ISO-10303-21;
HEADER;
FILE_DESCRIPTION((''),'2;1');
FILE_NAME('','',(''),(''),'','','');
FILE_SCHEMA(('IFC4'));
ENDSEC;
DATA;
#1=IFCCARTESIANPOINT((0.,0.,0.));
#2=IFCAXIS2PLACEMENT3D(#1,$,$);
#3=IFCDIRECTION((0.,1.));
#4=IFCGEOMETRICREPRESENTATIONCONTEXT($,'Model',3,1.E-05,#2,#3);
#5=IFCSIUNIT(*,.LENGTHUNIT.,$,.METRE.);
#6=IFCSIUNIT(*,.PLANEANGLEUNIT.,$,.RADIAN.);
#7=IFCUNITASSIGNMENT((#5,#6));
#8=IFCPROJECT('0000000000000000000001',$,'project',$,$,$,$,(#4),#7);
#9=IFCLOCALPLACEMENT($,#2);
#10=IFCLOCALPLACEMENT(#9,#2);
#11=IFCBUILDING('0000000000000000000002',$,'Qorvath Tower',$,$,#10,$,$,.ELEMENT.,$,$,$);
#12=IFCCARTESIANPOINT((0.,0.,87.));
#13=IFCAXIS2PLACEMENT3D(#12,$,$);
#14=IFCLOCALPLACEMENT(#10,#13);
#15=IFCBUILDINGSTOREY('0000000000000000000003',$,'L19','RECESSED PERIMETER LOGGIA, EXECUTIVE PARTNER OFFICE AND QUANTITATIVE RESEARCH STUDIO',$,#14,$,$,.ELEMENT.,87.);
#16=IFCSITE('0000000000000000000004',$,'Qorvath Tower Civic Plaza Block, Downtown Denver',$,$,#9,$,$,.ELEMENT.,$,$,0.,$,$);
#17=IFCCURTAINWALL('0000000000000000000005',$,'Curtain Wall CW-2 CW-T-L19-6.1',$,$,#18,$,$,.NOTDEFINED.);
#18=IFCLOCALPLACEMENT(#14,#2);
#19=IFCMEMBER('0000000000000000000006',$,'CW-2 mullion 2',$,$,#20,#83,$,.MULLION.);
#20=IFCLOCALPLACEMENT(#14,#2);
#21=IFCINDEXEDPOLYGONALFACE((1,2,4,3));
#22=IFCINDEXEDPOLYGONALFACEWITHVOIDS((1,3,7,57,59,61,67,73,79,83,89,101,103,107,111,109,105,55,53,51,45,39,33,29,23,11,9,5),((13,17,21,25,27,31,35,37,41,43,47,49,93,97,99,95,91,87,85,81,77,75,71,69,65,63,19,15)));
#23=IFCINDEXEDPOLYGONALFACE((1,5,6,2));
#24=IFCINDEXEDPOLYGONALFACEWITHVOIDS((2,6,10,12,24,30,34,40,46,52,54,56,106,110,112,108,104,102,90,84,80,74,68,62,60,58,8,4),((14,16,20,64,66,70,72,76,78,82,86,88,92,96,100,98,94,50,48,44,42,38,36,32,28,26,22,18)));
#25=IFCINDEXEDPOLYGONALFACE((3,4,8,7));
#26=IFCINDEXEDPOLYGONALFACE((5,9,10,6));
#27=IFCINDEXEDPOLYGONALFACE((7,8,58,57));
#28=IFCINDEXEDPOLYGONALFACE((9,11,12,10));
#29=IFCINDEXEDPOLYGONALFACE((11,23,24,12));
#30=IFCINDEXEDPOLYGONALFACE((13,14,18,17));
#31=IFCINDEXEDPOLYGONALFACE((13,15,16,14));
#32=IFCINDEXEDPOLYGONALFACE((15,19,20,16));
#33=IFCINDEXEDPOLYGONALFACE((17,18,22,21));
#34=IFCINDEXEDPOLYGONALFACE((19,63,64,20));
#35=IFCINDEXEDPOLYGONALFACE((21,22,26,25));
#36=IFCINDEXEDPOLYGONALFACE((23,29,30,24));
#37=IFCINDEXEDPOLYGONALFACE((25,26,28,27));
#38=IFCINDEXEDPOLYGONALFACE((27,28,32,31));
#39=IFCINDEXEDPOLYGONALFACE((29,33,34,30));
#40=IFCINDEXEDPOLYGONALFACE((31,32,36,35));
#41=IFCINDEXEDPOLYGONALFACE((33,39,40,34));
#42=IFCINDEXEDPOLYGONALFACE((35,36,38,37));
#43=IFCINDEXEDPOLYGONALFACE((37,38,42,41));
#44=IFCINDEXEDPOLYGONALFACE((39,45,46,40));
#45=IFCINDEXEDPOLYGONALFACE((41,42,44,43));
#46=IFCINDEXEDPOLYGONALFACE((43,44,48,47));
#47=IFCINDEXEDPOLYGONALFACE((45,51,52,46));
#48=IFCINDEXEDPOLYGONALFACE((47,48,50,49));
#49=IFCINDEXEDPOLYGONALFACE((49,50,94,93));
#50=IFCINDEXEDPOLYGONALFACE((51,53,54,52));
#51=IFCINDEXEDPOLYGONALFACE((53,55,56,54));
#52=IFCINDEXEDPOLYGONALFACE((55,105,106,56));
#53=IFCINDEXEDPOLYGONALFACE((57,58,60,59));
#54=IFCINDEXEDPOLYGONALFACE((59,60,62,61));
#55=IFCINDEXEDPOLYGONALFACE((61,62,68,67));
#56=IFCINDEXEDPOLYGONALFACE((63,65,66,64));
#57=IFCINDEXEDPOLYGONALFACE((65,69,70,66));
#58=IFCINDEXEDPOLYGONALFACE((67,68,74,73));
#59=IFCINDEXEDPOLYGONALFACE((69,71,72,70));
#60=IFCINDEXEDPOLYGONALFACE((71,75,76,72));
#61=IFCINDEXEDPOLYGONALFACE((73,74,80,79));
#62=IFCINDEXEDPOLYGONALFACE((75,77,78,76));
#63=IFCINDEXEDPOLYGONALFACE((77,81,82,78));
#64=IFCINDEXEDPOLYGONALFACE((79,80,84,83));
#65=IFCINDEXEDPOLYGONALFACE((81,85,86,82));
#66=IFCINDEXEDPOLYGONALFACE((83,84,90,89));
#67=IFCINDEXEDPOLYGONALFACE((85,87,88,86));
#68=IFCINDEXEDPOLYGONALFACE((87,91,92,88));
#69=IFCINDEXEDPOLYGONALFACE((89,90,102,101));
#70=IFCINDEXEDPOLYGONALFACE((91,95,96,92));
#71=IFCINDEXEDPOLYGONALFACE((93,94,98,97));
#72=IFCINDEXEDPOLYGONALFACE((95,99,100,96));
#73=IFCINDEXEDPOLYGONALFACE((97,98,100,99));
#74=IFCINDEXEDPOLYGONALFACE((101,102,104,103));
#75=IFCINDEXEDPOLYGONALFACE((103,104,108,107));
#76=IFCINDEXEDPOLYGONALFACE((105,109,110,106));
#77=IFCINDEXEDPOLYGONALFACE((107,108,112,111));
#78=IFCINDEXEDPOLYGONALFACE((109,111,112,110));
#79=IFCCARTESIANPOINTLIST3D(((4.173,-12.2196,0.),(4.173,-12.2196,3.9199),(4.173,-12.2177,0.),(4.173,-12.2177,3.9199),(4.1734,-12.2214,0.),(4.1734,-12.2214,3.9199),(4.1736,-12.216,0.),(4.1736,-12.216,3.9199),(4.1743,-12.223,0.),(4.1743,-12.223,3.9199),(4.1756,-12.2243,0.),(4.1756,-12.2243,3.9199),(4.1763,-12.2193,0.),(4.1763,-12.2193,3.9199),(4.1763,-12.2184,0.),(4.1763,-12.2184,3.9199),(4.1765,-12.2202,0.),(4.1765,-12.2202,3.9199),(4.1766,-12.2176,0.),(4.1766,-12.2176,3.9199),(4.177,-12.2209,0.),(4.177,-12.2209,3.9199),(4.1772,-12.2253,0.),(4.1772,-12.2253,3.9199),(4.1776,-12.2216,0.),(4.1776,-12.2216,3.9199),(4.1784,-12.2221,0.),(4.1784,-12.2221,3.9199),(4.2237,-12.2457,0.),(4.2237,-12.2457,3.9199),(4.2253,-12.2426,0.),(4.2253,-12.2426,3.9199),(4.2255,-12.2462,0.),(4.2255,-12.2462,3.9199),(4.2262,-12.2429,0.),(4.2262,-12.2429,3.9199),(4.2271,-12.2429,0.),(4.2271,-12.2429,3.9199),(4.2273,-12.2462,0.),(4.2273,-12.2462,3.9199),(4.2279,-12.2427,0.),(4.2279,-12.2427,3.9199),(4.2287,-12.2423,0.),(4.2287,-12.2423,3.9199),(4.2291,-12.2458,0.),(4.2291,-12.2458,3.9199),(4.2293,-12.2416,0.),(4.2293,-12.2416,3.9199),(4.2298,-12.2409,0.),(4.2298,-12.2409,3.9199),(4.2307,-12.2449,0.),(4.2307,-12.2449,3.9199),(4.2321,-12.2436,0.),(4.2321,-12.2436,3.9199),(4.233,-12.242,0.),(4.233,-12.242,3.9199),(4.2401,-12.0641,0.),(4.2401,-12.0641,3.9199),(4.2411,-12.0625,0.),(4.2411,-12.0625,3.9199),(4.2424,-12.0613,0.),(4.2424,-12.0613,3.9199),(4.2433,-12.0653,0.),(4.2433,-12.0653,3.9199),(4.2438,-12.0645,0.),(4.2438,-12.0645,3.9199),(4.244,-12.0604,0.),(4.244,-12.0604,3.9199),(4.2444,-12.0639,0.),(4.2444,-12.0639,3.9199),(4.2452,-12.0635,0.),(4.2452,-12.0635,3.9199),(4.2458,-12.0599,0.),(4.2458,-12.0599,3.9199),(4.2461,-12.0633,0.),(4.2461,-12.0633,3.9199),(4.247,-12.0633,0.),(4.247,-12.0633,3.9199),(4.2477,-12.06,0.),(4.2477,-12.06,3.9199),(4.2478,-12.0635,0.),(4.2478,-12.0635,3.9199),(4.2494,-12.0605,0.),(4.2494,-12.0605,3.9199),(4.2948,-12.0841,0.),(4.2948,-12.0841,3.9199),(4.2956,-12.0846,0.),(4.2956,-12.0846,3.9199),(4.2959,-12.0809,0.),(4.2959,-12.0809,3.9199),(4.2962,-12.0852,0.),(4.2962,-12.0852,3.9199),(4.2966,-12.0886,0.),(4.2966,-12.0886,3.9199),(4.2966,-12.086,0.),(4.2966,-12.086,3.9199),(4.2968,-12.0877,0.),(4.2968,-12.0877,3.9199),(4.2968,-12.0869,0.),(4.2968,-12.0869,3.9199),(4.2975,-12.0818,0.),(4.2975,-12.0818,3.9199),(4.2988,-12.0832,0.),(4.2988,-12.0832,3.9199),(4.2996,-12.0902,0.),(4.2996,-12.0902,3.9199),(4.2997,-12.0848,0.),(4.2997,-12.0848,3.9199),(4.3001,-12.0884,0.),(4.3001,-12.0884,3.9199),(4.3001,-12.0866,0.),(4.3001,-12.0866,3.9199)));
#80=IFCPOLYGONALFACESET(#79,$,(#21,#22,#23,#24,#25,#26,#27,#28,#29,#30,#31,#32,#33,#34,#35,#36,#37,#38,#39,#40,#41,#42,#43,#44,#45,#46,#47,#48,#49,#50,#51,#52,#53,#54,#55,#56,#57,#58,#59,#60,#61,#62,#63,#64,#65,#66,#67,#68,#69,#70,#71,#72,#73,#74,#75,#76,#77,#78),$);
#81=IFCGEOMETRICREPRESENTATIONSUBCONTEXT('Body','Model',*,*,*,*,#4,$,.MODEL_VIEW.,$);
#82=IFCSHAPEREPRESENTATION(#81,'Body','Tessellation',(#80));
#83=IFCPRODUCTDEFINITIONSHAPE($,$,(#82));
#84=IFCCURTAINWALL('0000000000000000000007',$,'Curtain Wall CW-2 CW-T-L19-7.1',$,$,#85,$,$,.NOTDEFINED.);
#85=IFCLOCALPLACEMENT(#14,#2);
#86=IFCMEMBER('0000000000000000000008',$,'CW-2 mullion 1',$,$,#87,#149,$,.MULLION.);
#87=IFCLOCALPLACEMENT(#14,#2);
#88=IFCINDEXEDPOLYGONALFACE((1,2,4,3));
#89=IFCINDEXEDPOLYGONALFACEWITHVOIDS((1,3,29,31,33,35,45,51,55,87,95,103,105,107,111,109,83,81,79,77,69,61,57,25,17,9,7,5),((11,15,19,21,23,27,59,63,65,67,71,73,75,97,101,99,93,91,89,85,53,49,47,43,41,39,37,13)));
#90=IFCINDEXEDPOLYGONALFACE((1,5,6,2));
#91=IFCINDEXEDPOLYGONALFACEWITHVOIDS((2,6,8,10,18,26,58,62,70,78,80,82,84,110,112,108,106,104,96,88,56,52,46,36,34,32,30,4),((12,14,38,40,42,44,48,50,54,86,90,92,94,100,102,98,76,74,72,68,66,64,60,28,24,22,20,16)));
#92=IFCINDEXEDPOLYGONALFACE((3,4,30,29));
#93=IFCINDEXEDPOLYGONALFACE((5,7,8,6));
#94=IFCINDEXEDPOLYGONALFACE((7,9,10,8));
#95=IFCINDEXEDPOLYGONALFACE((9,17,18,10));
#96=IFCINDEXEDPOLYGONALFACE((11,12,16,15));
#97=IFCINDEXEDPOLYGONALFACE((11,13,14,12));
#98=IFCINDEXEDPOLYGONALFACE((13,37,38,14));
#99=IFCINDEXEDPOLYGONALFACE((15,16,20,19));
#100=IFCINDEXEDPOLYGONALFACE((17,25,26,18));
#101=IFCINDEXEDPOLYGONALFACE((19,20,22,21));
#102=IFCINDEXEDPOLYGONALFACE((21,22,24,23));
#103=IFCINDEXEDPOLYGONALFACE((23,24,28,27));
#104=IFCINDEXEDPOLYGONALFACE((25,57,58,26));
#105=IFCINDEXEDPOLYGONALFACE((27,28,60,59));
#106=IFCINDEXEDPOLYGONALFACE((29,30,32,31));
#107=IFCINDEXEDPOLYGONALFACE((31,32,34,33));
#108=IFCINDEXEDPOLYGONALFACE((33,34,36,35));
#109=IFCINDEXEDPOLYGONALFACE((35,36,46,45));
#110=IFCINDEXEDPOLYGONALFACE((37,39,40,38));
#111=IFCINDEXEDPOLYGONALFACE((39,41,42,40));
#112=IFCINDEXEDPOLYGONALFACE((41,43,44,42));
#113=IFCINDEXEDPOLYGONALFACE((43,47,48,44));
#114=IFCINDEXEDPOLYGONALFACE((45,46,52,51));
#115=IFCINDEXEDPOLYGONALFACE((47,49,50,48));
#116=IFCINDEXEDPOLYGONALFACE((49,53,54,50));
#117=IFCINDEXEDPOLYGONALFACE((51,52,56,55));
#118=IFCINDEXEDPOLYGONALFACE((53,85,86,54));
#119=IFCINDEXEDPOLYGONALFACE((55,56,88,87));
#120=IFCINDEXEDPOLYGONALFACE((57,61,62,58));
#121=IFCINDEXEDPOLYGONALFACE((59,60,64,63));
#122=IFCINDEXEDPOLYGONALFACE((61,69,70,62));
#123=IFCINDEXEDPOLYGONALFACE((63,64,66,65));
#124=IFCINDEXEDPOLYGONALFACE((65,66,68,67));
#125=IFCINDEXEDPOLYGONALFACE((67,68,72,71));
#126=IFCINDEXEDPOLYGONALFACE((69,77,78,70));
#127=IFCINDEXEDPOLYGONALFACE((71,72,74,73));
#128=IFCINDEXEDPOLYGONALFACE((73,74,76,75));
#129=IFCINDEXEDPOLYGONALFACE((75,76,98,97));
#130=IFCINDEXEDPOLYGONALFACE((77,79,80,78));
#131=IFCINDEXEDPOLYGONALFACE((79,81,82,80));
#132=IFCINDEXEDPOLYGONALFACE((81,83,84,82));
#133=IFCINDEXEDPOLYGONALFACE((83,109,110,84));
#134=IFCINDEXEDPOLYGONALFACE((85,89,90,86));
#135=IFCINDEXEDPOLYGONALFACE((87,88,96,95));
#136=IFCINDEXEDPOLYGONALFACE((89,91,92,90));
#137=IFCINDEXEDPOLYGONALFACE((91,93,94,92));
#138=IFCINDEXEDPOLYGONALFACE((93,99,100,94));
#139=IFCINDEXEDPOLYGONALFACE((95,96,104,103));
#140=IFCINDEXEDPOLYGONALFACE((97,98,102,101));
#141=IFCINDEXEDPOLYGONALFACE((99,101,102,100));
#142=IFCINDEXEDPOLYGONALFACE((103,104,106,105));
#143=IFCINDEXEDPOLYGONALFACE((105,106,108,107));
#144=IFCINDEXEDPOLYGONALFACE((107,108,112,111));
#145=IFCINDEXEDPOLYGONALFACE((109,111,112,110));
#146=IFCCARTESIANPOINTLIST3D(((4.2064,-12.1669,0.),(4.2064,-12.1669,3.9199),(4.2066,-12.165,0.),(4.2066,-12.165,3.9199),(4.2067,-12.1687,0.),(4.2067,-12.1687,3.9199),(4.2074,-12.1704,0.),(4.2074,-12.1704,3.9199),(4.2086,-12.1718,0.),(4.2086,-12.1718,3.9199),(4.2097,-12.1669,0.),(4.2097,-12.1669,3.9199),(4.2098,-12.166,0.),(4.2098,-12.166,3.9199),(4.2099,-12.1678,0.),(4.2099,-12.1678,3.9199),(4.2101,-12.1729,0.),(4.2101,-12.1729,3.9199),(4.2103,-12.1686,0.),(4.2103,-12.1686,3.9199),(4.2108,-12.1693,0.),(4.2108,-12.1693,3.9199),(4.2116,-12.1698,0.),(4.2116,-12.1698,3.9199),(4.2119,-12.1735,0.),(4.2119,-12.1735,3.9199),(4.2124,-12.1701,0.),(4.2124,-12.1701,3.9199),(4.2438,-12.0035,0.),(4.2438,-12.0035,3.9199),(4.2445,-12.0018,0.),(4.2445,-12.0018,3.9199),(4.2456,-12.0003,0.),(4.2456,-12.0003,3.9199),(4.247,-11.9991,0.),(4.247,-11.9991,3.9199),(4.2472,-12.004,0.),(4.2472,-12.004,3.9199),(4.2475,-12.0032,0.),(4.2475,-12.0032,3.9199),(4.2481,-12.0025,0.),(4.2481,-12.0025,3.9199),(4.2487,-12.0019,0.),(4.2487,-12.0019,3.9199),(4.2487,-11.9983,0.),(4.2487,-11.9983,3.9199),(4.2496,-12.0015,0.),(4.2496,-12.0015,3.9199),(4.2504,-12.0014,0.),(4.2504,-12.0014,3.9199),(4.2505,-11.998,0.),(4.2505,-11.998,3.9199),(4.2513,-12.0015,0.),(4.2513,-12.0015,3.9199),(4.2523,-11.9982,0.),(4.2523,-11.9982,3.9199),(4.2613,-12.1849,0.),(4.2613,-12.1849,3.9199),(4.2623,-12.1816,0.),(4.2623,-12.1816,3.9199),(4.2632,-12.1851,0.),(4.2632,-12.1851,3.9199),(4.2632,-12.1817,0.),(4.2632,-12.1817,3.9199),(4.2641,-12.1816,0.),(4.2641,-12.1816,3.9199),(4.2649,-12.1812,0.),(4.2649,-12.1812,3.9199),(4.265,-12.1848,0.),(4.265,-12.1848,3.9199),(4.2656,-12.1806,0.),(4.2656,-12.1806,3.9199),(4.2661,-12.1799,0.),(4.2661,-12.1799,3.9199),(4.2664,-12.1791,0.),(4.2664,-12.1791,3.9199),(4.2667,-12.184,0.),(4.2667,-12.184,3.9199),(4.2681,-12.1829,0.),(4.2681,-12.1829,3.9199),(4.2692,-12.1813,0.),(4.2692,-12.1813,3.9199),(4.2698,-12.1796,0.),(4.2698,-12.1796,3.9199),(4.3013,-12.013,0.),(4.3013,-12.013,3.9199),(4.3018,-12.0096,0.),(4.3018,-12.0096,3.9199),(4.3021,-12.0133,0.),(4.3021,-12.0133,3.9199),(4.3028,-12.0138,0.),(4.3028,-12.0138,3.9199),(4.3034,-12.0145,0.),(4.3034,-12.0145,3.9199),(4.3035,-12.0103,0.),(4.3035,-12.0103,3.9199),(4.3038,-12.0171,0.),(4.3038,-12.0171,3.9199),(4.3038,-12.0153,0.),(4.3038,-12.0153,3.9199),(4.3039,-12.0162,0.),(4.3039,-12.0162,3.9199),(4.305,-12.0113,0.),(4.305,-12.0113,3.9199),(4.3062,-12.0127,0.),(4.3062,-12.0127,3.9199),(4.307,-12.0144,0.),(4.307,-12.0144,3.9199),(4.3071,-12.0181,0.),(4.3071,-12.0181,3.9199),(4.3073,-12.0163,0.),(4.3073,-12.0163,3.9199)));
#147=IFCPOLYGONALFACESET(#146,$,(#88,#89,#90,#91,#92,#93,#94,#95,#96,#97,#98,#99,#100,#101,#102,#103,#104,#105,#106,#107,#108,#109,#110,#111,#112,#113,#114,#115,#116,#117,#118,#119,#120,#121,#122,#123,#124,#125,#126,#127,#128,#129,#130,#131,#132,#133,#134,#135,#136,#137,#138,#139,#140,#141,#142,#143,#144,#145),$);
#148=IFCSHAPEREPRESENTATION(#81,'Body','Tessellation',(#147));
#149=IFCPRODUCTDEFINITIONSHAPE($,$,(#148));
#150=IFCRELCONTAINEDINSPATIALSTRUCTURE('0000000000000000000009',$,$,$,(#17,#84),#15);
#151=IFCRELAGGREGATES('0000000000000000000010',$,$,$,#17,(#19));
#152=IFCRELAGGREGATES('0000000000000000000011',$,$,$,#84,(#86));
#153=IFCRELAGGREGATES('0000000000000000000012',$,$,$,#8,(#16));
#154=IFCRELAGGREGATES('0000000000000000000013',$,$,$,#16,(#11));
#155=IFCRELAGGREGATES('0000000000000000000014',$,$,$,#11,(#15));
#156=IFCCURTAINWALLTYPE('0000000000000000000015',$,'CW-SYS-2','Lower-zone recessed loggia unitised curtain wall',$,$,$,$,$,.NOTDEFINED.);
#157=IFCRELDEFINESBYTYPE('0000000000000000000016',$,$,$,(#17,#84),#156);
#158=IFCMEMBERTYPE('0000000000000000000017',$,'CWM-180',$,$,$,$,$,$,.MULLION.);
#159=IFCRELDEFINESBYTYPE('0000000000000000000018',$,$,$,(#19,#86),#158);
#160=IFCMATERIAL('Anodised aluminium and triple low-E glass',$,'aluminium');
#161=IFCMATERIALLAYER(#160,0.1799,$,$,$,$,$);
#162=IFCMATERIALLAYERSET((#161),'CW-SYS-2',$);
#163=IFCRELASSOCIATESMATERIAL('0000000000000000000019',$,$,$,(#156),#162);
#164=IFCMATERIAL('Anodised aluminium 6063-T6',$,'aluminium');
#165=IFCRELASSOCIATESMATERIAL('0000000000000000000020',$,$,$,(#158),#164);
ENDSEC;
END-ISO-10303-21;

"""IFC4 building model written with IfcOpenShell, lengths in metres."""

from ifc_helpers import new_model, si_unit, direction, frame, origin, origin_2d, place, context, subcontext, project, spatial, hollow_rectangle, extrude, material, layer, layer_set, material_profile, profile_set, type_object, element, aggregate, save


model = new_model("IFC4")

# Units and contexts
model_context = context("Model", 3, precision=1e-05, world=origin(), true_north=direction((0.0, 1.0)))
body_context = subcontext(model_context, "Body", "Model", "MODEL_VIEW")
ifc_project = project(units=[si_unit("LENGTHUNIT", "METRE"), si_unit("PLANEANGLEUNIT", "RADIAN")], contexts=[model_context])

# Site, building, storey
site_placement = place(None, origin())
site = spatial("IfcSite", under=ifc_project, at=site_placement, Name="Qorvath Tower Civic Plaza Block, Downtown Denver", CompositionType="ELEMENT", RefElevation=0.0)
building_placement = place(site_placement, origin())
building = spatial("IfcBuilding", under=site, at=building_placement, Name="Qorvath Tower", CompositionType="ELEMENT")
storey_placement = place(building_placement, frame((0.0, 0.0, 87.0)))
storey = spatial("IfcBuildingStorey", under=building, at=storey_placement, Name="L19", Description="RECESSED PERIMETER LOGGIA, EXECUTIVE PARTNER OFFICE AND QUANTITATIVE RESEARCH STUDIO", CompositionType="ELEMENT", Elevation=87.0)

# Shared definitions
ifc_material_1 = material(Name="Anodised aluminium and triple low-E glass", Category="aluminium")
ifc_layer_1 = layer(ifc_material_1, 0.1799)
ifc_layer_set_1 = layer_set([ifc_layer_1], Name="CW-SYS-2")
curtain_wall_type = type_object("IfcCurtainWallType", Name="CW-SYS-2", Description="Lower-zone recessed loggia unitised curtain wall", PredefinedType="NOTDEFINED", material=ifc_layer_set_1)
ifc_material_2 = material(Name="Anodised aluminium 6063-T6", Category="aluminium")
ifc_material_profile_1 = material_profile(ifc_material_2, hollow_rectangle(XDim=0.0649, YDim=0.1799, WallThickness=0.0034, InnerFilletRadius=0.0034, OuterFilletRadius=0.0071, at=origin_2d()), Name="CWM 180x65")
ifc_profile_set_1 = profile_set([ifc_material_profile_1], Name="Anodised aluminium 6063-T6")
member_type_1 = type_object("IfcMemberType", Name="CWM-180", PredefinedType="MULLION", material=ifc_profile_set_1)

# Curtain walls, members
curtain_wall_1_placement = place(storey_placement, origin())
curtain_wall_1 = element("IfcCurtainWall", 1, at=curtain_wall_1_placement, inside=storey, type_object=curtain_wall_type, Name="Curtain Wall CW-2 CW-T-L19-6.1", PredefinedType="NOTDEFINED")
member_1_placement = place(storey_placement, frame((4.2366, -12.1531, 0.0), z_axis=(0.0, 0.0, 1.0), x_axis=(-0.915886, 0.40144, 0.0)))
member_1 = element("IfcMember", 2, at=member_1_placement, type_object=member_type_1, Name="CW-2 mullion 2", PredefinedType="MULLION", context=body_context, shape_type="SweptSolid", body=[
    extrude(hollow_rectangle(XDim=0.0649, YDim=0.1799, WallThickness=0.0034, InnerFilletRadius=0.0034, OuterFilletRadius=0.0071, at=origin_2d()), origin(), (0.0, 0.0, 1.0), 3.9199),
])
curtain_wall_2_placement = place(storey_placement, origin())
curtain_wall_2 = element("IfcCurtainWall", 3, at=curtain_wall_2_placement, inside=storey, type_object=curtain_wall_type, Name="Curtain Wall CW-2 CW-T-L19-7.1", PredefinedType="NOTDEFINED")
member_2_placement = place(storey_placement, frame((4.2568, -12.0916, 0.0), z_axis=(0.0, 0.0, 1.0), x_axis=(-0.974377, 0.224923, 0.0)))
member_2 = element("IfcMember", 4, at=member_2_placement, type_object=member_type_1, Name="CW-2 mullion 1", PredefinedType="MULLION", context=body_context, shape_type="SweptSolid", body=[
    extrude(hollow_rectangle(XDim=0.0649, YDim=0.1799, WallThickness=0.0034, InnerFilletRadius=0.0034, OuterFilletRadius=0.0071, at=origin_2d()), origin(), (0.0, 0.0, 1.0), 3.9199),
])

aggregate(curtain_wall_1, [member_1])
aggregate(curtain_wall_2, [member_2])

save(model, "model.ifc")
